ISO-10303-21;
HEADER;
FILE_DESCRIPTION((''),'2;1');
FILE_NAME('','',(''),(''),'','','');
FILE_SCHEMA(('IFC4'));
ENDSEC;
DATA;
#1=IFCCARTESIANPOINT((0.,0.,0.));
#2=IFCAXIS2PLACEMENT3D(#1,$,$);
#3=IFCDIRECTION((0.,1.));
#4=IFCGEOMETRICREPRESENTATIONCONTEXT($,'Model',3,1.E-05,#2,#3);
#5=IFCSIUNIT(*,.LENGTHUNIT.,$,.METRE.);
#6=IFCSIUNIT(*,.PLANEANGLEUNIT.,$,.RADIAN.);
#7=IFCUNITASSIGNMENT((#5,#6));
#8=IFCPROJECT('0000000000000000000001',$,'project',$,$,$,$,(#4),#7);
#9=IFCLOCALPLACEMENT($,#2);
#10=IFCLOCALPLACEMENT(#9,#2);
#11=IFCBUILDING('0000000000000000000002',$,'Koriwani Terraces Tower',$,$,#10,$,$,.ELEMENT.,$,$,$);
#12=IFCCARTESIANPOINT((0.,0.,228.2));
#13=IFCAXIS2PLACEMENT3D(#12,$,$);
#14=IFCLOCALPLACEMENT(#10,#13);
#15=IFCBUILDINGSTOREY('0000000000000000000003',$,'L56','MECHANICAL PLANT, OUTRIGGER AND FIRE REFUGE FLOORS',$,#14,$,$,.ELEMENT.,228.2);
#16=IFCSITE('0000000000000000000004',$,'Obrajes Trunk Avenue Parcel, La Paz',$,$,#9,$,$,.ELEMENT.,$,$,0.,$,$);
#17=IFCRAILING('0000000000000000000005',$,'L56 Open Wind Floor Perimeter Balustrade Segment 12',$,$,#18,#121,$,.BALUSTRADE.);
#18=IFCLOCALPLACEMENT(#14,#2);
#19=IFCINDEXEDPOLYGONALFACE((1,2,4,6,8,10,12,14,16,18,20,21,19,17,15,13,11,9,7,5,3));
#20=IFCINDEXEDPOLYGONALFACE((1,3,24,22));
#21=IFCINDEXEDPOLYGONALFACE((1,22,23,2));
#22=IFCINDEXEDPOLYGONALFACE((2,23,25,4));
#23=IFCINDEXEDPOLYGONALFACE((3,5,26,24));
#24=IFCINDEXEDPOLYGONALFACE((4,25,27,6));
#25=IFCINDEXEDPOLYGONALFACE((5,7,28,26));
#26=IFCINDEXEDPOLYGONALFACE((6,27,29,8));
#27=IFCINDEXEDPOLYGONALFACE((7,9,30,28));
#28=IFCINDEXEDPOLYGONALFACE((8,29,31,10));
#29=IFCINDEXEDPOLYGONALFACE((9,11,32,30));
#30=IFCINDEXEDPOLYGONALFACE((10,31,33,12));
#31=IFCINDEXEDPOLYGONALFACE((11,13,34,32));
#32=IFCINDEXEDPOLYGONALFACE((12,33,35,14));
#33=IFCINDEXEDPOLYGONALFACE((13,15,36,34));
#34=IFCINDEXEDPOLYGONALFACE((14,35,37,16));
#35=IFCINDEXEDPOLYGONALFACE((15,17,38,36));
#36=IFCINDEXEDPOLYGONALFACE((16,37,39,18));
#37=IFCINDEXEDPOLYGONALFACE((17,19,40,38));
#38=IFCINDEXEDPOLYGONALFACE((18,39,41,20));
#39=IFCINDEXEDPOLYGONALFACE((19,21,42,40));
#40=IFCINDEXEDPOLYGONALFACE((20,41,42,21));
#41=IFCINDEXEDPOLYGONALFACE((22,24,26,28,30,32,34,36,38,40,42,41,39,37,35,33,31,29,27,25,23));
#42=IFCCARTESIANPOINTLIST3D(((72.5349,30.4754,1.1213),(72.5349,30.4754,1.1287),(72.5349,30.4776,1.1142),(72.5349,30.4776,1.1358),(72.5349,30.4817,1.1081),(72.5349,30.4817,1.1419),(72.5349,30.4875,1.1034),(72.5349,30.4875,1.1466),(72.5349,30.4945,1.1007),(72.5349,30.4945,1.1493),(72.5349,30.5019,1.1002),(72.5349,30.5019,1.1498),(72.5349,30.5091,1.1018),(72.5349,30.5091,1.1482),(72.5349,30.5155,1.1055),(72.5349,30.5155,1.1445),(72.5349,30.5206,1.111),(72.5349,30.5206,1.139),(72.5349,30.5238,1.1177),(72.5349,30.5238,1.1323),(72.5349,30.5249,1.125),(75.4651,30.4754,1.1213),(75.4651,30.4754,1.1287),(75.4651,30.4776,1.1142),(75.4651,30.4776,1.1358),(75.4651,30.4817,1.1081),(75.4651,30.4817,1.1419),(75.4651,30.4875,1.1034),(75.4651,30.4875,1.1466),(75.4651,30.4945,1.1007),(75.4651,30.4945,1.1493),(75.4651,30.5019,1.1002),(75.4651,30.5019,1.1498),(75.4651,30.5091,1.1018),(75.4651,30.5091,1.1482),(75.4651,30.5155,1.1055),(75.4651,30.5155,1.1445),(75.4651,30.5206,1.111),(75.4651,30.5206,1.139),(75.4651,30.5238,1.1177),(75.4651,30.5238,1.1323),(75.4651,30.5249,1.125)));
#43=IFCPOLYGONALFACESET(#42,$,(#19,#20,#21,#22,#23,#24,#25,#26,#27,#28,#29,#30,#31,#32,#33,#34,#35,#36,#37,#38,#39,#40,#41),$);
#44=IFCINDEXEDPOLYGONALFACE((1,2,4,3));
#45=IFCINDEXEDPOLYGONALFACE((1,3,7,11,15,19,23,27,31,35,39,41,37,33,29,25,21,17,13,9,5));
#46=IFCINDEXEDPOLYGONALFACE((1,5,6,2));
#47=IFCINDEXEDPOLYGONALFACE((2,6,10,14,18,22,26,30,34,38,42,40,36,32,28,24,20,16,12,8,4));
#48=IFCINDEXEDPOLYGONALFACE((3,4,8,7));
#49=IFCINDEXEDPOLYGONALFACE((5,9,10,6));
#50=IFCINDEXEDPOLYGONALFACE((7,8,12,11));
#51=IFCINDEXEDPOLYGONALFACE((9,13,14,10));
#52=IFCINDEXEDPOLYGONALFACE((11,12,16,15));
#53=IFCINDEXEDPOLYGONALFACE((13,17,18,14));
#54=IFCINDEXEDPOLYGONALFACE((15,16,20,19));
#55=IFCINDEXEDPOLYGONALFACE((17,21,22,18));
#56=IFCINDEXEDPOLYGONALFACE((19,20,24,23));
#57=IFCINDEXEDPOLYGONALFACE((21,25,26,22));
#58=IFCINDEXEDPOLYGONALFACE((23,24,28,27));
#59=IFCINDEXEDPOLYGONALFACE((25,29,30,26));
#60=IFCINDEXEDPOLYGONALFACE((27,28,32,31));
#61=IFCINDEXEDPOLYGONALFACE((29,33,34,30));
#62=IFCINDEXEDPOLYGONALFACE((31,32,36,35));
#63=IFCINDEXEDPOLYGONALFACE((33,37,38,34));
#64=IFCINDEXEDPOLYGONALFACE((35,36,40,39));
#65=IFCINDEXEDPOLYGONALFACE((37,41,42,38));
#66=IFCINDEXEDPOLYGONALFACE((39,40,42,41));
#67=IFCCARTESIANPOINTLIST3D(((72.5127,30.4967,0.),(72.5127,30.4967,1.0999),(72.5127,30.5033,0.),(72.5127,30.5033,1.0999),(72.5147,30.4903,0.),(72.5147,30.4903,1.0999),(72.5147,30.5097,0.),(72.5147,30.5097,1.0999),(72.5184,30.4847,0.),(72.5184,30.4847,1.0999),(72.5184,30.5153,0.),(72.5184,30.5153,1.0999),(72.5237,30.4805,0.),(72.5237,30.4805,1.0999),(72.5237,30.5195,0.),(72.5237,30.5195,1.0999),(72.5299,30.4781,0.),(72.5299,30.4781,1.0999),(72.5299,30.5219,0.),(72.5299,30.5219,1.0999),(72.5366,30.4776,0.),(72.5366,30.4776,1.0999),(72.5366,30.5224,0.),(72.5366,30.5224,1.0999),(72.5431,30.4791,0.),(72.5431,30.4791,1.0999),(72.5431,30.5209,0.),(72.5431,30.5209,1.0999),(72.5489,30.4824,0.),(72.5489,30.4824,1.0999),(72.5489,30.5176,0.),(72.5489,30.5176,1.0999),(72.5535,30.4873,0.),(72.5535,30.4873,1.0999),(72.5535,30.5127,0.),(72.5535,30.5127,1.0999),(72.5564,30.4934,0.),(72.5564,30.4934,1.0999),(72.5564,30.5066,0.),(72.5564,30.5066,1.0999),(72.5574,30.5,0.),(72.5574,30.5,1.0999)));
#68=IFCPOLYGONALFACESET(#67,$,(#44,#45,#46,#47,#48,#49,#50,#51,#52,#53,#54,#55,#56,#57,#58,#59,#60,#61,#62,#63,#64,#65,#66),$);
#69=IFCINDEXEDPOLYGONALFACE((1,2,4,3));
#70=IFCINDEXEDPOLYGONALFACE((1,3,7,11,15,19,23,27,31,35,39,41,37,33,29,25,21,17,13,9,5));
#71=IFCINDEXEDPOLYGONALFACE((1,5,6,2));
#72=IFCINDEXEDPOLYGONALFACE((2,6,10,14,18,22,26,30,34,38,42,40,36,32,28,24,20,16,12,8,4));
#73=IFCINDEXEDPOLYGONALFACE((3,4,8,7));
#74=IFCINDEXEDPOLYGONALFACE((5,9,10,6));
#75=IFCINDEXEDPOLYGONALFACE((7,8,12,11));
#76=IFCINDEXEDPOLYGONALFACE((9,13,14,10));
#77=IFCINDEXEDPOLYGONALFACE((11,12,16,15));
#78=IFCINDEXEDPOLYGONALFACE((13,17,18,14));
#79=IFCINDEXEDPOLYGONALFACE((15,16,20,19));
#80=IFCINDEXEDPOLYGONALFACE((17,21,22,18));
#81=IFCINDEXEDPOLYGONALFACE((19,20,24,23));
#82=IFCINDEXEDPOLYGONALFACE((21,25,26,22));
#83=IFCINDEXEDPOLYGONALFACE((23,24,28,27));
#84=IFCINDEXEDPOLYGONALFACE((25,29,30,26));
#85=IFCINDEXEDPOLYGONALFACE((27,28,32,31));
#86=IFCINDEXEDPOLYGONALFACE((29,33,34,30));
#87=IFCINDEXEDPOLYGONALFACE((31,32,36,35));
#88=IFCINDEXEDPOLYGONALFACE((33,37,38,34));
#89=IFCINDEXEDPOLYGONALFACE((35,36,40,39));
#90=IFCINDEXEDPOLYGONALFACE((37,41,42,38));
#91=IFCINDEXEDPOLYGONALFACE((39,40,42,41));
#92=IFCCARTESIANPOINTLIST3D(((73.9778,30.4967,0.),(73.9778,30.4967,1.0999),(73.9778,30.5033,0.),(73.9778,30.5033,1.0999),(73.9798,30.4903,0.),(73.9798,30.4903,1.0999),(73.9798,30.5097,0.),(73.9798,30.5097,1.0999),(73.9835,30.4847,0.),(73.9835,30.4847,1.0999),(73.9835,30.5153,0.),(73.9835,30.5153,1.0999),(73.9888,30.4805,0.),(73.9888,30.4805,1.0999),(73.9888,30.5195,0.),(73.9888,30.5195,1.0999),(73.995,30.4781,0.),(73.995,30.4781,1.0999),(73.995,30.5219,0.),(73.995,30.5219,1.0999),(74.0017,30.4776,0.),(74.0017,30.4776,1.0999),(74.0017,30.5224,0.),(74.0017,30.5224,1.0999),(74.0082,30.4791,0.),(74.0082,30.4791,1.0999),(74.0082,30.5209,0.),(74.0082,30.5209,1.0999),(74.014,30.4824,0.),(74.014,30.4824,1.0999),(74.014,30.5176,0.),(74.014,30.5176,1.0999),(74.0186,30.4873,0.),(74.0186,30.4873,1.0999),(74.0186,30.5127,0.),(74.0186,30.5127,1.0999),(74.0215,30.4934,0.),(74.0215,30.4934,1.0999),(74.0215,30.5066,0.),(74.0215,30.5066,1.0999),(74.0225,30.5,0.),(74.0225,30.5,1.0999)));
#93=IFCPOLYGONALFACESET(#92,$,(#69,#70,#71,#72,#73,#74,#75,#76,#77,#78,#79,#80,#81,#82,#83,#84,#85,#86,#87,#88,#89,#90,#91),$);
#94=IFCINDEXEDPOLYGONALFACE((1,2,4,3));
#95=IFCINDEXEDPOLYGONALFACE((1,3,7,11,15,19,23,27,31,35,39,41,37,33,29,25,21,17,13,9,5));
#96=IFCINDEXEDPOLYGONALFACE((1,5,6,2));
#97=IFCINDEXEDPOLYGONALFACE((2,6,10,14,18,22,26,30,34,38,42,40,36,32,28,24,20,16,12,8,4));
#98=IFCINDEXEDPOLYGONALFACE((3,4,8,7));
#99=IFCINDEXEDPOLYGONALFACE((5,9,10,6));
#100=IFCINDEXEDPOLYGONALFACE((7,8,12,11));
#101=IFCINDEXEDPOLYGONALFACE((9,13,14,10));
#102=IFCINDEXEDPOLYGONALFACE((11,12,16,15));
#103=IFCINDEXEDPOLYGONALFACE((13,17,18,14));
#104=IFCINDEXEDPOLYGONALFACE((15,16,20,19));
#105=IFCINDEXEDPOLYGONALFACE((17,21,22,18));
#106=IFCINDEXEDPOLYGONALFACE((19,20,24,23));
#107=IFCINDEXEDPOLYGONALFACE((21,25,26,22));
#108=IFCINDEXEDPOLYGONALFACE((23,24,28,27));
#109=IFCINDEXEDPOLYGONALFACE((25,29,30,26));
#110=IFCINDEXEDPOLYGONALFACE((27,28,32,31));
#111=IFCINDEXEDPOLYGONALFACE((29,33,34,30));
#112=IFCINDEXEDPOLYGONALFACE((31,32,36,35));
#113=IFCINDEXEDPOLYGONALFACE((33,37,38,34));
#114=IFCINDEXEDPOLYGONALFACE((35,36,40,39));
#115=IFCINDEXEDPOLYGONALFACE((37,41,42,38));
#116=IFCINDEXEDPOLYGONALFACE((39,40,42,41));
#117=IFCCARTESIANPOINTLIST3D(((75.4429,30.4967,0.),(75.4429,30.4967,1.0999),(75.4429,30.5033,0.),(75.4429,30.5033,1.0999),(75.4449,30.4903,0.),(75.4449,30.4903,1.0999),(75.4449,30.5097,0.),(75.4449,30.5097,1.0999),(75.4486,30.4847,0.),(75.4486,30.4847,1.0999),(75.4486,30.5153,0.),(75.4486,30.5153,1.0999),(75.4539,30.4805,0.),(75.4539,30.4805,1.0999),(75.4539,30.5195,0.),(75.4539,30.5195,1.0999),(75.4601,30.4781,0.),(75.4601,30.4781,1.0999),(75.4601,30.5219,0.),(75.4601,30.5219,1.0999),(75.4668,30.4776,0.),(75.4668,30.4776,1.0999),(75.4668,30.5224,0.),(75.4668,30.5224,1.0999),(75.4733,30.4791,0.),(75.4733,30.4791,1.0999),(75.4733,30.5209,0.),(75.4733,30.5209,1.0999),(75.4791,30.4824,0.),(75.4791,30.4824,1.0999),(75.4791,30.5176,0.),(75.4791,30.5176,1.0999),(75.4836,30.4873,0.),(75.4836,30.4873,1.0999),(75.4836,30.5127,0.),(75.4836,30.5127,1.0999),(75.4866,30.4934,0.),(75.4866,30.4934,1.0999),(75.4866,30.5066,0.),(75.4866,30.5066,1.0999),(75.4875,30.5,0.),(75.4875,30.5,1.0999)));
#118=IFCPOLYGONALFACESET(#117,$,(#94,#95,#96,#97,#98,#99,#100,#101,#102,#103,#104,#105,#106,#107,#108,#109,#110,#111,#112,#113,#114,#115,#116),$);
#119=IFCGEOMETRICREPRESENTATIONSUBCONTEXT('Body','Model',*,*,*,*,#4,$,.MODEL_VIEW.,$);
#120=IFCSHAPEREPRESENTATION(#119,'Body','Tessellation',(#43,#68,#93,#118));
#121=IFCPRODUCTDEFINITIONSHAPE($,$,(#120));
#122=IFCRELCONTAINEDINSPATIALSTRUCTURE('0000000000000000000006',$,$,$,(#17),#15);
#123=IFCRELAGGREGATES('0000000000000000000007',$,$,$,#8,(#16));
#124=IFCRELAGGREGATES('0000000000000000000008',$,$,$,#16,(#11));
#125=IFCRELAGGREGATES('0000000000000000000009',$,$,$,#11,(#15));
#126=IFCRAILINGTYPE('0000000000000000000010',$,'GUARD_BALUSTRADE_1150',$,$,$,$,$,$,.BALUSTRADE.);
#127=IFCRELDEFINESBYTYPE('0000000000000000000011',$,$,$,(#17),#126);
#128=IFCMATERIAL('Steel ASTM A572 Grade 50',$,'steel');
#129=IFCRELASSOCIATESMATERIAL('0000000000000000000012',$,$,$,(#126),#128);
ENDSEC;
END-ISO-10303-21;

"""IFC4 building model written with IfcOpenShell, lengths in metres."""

from ifc_helpers import new_model, si_unit, direction, frame, origin, origin_2d, place, context, subcontext, project, spatial, circle, extrude, material, type_object, element, save


model = new_model("IFC4")

# Units and contexts
model_context = context("Model", 3, precision=1e-05, world=origin(), true_north=direction((0.0, 1.0)))
body_context = subcontext(model_context, "Body", "Model", "MODEL_VIEW")
ifc_project = project(units=[si_unit("LENGTHUNIT", "METRE"), si_unit("PLANEANGLEUNIT", "RADIAN")], contexts=[model_context])

# Site, building, storey
site_placement = place(None, origin())
site = spatial("IfcSite", under=ifc_project, at=site_placement, Name="Obrajes Trunk Avenue Parcel, La Paz", CompositionType="ELEMENT", RefElevation=0.0)
building_placement = place(site_placement, origin())
building = spatial("IfcBuilding", under=site, at=building_placement, Name="Koriwani Terraces Tower", CompositionType="ELEMENT")
storey_placement = place(building_placement, frame((0.0, 0.0, 228.2)))
storey = spatial("IfcBuildingStorey", under=building, at=storey_placement, Name="L56", Description="MECHANICAL PLANT, OUTRIGGER AND FIRE REFUGE FLOORS", CompositionType="ELEMENT", Elevation=228.2)

# Shared definitions
ifc_material_1 = material(Name="Steel ASTM A572 Grade 50", Category="steel")

# Railing
railing_type = type_object("IfcRailingType", Name="GUARD_BALUSTRADE_1150", PredefinedType="BALUSTRADE", material=ifc_material_1)
railing_1_placement = place(storey_placement, frame((72.5349, 30.5, 0.0)))
element("IfcRailing", 1, at=railing_1_placement, inside=storey, type_object=railing_type, Name="L56 Open Wind Floor Perimeter Balustrade Segment 12", PredefinedType="BALUSTRADE", context=body_context, shape_type="SweptSolid", body=[
    extrude(circle(Radius=0.0249, at=origin_2d()), frame((0.0, 0.0, 1.125), z_axis=(1.0, 0.0, 0.0), x_axis=(0.0, 1.0, 0.0)), (0.0, 0.0, 1.0), 2.9302),
    extrude(circle(Radius=0.0225, at=origin_2d()), origin(), (0.0, 0.0, 1.0), 1.0999),
    extrude(circle(Radius=0.0225, at=origin_2d()), frame((1.4651, 0.0, 0.0)), (0.0, 0.0, 1.0), 1.0999),
    extrude(circle(Radius=0.0225, at=origin_2d()), frame((2.9302, 0.0, 0.0)), (0.0, 0.0, 1.0), 1.0999),
])

save(model, "model.ifc")
